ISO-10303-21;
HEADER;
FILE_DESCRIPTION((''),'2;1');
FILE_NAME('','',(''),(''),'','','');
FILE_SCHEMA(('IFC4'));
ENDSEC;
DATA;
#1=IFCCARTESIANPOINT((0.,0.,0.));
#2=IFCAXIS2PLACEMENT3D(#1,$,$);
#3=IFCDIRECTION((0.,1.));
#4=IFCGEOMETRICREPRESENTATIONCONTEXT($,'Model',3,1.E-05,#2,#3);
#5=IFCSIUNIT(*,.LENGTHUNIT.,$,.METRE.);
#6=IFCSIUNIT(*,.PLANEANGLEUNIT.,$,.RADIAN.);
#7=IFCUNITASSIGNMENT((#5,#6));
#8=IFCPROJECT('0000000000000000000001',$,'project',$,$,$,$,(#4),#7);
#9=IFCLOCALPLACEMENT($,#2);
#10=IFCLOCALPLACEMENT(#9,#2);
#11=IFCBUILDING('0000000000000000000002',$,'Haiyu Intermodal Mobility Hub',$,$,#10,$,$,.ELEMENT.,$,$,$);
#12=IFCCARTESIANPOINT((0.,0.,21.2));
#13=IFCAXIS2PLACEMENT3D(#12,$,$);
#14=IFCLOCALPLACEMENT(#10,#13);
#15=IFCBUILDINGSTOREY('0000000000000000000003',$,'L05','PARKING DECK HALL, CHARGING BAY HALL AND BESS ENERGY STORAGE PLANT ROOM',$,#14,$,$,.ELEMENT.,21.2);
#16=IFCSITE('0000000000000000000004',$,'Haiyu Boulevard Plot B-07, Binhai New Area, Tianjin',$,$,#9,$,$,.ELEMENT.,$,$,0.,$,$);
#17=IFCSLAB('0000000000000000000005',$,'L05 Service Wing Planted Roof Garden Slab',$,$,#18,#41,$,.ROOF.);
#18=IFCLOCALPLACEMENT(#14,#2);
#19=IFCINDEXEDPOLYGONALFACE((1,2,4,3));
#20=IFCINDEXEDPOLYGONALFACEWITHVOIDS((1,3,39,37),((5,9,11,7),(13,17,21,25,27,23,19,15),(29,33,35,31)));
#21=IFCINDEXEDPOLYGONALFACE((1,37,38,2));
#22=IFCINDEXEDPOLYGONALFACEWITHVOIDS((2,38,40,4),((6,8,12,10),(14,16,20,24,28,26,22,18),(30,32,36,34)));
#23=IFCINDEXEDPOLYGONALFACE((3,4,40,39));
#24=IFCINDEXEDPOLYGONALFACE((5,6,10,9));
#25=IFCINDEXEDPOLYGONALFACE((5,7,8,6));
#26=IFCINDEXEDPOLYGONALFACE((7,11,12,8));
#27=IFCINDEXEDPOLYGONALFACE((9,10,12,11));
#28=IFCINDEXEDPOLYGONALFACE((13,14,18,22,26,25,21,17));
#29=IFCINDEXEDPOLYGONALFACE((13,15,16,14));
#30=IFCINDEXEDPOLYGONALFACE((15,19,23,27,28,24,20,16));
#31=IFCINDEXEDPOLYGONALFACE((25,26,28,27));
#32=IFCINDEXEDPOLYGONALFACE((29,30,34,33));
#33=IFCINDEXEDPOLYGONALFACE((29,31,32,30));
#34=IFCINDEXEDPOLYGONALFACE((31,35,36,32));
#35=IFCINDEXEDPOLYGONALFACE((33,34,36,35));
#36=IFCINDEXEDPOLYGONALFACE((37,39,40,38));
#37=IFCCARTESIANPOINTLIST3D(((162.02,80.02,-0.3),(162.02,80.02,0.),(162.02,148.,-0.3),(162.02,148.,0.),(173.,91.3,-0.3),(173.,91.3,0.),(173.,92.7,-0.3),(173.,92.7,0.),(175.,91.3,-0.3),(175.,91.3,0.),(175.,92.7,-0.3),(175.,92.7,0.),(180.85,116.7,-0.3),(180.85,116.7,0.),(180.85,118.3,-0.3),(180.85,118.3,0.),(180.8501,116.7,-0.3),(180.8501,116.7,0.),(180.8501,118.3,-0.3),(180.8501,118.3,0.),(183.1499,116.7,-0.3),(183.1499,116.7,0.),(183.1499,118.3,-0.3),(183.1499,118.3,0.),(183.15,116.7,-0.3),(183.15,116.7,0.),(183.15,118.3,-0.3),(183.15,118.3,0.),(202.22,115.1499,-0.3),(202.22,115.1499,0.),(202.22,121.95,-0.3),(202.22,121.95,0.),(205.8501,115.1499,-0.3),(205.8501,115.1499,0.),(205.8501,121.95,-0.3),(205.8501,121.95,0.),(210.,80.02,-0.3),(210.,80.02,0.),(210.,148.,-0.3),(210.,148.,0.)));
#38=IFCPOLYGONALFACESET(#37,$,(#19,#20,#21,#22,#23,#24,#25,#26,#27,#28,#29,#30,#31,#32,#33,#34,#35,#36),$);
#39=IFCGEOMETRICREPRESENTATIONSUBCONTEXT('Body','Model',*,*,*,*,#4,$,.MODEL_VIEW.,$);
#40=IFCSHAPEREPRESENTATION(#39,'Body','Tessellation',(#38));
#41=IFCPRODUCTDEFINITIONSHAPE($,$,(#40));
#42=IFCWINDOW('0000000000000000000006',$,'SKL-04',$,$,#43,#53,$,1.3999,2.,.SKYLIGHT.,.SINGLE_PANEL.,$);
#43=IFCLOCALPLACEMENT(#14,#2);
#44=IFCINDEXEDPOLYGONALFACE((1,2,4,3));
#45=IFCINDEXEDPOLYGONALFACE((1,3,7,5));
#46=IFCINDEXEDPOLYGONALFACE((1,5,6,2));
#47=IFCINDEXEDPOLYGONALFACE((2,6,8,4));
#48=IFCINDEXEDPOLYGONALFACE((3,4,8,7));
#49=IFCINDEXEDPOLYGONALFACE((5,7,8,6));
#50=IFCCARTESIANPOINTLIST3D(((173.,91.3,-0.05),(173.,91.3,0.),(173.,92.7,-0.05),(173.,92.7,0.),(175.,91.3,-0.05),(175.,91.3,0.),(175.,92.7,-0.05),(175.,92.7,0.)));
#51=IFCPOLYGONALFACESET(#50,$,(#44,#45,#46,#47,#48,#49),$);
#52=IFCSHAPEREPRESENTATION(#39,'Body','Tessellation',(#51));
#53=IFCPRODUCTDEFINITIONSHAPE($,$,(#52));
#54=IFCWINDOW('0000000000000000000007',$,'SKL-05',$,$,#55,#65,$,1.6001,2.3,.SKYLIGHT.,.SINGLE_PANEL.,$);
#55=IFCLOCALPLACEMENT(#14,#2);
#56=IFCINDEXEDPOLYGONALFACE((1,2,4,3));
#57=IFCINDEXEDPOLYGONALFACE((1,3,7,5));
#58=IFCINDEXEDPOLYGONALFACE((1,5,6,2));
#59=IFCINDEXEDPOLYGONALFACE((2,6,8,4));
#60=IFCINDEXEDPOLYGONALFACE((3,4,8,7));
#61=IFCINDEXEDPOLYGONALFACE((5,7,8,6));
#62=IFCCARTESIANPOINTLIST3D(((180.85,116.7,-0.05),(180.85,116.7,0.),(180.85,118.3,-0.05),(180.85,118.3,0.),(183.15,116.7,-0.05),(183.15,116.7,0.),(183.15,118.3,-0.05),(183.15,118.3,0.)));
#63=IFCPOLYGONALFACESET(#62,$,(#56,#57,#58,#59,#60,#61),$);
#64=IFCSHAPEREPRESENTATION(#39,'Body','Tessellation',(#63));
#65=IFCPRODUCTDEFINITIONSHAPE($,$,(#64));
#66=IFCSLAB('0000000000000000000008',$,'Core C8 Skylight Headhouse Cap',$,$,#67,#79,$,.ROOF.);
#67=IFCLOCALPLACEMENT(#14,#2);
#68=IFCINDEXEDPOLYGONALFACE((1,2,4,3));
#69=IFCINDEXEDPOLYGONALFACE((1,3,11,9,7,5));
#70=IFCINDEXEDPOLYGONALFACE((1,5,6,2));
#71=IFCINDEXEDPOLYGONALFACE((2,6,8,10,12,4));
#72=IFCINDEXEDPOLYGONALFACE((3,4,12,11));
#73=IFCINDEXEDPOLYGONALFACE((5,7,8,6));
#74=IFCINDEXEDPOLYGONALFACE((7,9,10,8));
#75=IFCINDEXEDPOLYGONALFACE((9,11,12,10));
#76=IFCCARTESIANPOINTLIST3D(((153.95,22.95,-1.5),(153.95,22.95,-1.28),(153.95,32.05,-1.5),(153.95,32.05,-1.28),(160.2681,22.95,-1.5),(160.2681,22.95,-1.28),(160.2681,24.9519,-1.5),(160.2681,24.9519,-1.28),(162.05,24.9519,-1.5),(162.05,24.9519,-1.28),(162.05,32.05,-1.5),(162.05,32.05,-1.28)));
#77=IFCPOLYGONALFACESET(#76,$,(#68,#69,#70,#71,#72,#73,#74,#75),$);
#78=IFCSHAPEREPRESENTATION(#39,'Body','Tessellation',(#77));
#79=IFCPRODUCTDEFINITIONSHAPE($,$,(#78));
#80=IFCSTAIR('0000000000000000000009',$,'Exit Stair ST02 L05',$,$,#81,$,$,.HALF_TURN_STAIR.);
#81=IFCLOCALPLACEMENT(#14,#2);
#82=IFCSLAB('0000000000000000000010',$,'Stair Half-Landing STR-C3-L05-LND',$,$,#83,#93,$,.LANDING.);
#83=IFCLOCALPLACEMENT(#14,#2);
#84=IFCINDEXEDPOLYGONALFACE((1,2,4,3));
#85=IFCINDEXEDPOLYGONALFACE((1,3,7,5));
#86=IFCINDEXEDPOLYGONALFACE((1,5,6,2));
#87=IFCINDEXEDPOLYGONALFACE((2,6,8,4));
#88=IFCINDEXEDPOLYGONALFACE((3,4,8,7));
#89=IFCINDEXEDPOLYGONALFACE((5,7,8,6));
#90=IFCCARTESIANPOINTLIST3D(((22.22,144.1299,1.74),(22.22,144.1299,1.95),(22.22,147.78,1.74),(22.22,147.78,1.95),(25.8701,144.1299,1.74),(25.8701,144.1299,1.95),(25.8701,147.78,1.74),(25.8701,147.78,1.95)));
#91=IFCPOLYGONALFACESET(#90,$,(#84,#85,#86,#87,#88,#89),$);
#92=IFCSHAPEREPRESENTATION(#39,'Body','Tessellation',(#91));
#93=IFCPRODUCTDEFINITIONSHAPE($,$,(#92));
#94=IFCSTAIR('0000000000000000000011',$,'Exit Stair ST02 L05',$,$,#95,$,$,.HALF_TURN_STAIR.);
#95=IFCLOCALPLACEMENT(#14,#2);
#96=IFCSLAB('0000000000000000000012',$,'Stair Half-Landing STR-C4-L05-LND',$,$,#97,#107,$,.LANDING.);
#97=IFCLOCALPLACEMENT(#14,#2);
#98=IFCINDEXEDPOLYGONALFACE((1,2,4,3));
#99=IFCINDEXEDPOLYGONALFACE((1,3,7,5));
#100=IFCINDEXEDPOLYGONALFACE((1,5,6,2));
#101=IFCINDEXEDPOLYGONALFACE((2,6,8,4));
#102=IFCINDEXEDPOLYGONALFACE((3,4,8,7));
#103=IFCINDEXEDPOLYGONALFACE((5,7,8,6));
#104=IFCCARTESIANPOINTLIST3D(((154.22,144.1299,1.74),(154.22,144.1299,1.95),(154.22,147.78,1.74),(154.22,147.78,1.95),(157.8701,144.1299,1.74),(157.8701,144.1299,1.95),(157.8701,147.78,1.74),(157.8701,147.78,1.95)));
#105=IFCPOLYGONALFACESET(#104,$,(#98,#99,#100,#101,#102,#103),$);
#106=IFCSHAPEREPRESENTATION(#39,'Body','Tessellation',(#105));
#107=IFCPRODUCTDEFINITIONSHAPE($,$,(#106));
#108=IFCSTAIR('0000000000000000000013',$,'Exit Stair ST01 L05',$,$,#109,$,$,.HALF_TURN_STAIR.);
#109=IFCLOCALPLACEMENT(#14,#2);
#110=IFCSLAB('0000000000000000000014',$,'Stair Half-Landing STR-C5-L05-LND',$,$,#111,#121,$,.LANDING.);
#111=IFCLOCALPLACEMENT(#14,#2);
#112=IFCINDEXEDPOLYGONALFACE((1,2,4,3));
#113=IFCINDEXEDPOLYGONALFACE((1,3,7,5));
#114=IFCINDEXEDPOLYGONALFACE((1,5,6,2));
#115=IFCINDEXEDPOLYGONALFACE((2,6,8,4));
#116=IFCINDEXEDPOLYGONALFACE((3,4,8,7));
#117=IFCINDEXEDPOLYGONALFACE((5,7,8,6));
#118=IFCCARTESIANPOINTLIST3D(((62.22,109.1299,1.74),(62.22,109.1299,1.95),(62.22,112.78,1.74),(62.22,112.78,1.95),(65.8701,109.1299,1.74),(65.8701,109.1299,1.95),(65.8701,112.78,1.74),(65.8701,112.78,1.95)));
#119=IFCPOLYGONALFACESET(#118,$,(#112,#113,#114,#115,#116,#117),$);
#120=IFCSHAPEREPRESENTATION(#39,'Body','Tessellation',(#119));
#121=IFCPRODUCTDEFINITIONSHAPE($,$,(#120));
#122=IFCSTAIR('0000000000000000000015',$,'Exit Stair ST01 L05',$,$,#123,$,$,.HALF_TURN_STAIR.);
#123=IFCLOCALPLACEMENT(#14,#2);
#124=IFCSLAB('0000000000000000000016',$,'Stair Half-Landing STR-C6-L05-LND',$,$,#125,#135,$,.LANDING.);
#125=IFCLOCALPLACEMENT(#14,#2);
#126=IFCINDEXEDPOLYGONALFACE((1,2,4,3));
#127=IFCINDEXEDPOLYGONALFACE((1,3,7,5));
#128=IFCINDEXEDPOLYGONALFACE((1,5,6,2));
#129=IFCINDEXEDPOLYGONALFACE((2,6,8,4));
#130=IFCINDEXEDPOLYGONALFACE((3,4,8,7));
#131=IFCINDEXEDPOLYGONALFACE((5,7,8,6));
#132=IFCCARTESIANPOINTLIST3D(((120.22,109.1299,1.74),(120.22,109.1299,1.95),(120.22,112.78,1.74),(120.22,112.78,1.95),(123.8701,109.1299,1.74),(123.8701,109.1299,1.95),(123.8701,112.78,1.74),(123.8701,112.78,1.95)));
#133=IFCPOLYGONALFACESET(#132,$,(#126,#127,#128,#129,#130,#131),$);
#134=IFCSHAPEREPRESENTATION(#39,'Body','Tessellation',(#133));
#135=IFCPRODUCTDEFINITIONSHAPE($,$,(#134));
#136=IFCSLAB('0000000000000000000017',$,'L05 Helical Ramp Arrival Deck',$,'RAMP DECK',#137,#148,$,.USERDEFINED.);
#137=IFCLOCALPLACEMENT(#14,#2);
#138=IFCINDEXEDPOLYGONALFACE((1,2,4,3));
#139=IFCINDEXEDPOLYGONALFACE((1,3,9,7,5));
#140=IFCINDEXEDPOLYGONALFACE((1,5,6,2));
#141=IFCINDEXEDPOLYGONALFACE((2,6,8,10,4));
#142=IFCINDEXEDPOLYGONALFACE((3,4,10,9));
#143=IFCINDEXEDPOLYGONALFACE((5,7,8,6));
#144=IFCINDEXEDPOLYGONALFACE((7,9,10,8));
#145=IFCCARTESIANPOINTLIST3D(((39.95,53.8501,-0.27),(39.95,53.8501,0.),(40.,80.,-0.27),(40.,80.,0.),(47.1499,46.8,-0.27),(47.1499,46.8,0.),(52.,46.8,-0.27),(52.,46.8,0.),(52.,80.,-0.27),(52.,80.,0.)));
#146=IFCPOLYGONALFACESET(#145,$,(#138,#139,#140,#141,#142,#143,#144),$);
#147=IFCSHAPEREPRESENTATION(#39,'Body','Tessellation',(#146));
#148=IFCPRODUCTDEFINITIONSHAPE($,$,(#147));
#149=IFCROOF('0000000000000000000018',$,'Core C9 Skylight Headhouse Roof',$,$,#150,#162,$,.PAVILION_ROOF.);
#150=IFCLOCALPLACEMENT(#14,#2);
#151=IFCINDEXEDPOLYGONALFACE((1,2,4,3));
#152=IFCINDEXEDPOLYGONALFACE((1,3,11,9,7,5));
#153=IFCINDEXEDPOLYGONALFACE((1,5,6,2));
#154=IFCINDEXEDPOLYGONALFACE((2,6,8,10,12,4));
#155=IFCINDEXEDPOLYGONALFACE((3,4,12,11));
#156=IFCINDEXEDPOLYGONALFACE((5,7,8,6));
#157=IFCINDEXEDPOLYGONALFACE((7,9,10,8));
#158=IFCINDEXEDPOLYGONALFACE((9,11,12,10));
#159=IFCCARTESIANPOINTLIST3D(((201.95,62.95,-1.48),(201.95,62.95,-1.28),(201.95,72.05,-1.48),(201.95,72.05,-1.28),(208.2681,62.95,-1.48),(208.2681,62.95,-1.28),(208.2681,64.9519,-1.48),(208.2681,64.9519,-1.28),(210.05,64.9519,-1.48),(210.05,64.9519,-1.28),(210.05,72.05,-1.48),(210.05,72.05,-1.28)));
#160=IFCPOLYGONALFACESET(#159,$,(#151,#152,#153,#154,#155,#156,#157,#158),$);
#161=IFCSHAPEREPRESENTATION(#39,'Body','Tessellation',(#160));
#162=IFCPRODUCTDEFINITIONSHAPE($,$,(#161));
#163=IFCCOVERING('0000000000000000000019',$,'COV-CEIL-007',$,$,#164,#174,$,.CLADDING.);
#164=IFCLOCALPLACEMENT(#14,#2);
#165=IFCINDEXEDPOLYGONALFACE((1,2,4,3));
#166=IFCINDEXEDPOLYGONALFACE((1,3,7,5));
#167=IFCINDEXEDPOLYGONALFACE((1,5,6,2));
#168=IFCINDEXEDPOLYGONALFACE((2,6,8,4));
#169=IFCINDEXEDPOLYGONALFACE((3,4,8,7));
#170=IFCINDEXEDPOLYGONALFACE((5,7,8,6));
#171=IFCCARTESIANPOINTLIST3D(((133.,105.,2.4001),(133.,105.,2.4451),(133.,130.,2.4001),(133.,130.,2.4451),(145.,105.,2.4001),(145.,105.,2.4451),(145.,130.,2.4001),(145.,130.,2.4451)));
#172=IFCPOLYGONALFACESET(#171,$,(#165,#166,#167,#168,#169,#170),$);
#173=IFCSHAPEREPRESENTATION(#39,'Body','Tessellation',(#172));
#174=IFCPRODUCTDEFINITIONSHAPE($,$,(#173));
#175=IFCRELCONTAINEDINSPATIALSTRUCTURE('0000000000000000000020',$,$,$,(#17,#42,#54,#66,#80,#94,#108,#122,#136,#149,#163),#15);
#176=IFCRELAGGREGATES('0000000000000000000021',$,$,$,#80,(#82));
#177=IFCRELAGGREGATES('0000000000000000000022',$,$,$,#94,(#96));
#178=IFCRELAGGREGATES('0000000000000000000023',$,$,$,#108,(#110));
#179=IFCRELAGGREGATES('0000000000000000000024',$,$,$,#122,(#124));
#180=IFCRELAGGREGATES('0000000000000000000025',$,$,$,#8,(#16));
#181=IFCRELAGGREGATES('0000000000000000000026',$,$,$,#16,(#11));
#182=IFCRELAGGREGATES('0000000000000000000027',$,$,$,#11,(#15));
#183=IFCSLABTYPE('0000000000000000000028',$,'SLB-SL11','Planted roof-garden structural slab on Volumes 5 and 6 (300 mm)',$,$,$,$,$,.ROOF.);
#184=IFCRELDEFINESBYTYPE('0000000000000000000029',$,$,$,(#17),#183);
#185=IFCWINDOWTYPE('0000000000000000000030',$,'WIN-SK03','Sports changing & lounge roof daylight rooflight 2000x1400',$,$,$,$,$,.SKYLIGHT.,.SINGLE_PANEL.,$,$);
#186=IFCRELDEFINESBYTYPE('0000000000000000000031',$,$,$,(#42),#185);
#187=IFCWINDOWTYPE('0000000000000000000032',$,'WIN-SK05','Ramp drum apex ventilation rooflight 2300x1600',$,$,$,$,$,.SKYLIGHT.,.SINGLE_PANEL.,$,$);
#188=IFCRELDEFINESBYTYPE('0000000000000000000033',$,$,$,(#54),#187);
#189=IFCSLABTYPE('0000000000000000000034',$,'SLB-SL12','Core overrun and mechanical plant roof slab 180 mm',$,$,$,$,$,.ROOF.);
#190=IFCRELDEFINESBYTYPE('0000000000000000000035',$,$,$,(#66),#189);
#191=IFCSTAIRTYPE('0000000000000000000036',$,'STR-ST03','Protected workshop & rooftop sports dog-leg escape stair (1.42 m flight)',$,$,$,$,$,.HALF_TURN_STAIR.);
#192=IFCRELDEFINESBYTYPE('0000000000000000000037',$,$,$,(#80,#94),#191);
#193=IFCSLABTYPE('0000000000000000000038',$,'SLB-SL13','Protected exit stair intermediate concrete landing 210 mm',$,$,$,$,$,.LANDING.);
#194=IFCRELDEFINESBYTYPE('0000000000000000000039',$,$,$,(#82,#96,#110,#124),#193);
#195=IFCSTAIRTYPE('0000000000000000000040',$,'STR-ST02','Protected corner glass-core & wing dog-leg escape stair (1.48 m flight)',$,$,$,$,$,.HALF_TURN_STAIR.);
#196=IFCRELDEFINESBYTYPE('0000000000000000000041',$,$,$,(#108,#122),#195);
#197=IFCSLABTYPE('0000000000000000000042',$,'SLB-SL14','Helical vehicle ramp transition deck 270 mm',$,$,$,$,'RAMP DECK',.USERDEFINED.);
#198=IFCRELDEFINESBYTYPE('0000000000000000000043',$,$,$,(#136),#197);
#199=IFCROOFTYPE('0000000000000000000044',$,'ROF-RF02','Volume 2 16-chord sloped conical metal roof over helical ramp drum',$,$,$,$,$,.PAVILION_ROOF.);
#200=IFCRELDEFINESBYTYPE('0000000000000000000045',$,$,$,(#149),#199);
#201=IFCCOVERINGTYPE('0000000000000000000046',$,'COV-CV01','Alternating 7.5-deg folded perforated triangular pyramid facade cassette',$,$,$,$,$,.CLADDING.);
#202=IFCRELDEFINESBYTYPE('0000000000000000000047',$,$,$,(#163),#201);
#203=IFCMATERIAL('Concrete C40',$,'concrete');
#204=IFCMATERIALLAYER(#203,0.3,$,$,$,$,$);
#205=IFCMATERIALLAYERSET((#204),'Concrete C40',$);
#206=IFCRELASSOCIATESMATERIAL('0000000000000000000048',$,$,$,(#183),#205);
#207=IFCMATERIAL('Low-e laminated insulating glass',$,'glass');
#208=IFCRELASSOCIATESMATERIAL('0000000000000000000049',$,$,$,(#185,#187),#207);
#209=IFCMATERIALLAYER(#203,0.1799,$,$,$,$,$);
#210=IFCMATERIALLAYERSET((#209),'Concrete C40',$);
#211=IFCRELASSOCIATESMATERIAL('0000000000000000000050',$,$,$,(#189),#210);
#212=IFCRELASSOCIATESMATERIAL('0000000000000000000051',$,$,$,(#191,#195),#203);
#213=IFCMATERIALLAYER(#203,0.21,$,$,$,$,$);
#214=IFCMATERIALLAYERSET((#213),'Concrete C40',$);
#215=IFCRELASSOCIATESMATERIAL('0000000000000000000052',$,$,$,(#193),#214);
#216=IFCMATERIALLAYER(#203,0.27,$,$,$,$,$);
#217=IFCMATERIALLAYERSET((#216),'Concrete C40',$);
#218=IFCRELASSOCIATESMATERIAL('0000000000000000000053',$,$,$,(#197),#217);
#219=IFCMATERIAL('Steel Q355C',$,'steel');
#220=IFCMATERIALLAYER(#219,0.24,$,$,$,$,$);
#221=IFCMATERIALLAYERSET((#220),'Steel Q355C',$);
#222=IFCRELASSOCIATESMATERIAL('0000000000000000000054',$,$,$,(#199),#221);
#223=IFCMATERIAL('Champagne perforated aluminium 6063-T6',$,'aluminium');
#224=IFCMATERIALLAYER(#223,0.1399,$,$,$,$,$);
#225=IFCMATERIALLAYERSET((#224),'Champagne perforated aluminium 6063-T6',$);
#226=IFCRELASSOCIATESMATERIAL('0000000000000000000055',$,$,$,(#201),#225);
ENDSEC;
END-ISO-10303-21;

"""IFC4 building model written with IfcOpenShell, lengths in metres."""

from ifc_helpers import new_model, si_unit, direction, frame, origin, origin_2d, place, context, subcontext, project, spatial, polyline, rectangle, outline, extrude, material, layer, layer_set, type_object, element, fill, aggregate, save


model = new_model("IFC4")

# Units and contexts
model_context = context("Model", 3, precision=1e-05, world=origin(), true_north=direction((0.0, 1.0)))
body_context = subcontext(model_context, "Body", "Model", "MODEL_VIEW")
ifc_project = project(units=[si_unit("LENGTHUNIT", "METRE"), si_unit("PLANEANGLEUNIT", "RADIAN")], contexts=[model_context])

# Site, building, storey
site_placement = place(None, origin())
site = spatial("IfcSite", under=ifc_project, at=site_placement, Name="Haiyu Boulevard Plot B-07, Binhai New Area, Tianjin", CompositionType="ELEMENT", RefElevation=0.0)
building_placement = place(site_placement, origin())
building = spatial("IfcBuilding", under=site, at=building_placement, Name="Haiyu Intermodal Mobility Hub", CompositionType="ELEMENT")
storey_placement = place(building_placement, frame((0.0, 0.0, 21.2)))
storey = spatial("IfcBuildingStorey", under=building, at=storey_placement, Name="L05", Description="PARKING DECK HALL, CHARGING BAY HALL AND BESS ENERGY STORAGE PLANT ROOM", CompositionType="ELEMENT", Elevation=21.2)

# Shared definitions
ifc_material_1 = material(Name="Concrete C40", Category="concrete")

# Slab, openings, windows
ifc_layer_1 = layer(ifc_material_1, 0.3)
ifc_layer_set_1 = layer_set([ifc_layer_1], Name="Concrete C40")
slab_type_1 = type_object("IfcSlabType", Name="SLB-SL11", Description="Planted roof-garden structural slab on Volumes 5 and 6 (300 mm)", PredefinedType="ROOF", material=ifc_layer_set_1)
slab_1_placement = place(storey_placement, frame((0.0, 0.0, -0.3)))
slab_1 = element("IfcSlab", 1, at=slab_1_placement, inside=storey, type_object=slab_type_1, Name="L05 Service Wing Planted Roof Garden Slab", PredefinedType="ROOF", context=body_context, shape_type="SweptSolid", body=[
    extrude(outline(polyline([(162.02, 80.02), (210.0, 80.02), (210.0, 148.0), (168.0, 148.0), (162.02, 148.0), (162.02, 80.02)]), holes=[polyline([(202.22, 115.1499), (205.8501, 115.1499), (205.8501, 121.95), (202.22, 121.95), (202.22, 115.1499)]), polyline([(173.0, 91.3), (175.0, 91.3), (175.0, 92.7), (173.0, 92.7), (173.0, 91.3)]), polyline([(180.8501, 116.7), (183.1499, 116.7), (183.1499, 118.3), (180.8501, 118.3), (180.8501, 116.7)])]), origin(), (0.0, 0.0, 1.0), 0.3),
])
opening_1_placement = place(slab_1_placement, frame((174.0, 92.0, 0.0)))
opening_1 = element("IfcOpeningElement", 2, at=opening_1_placement, cuts=slab_1, PredefinedType="OPENING", context=body_context, shape_type="SweptSolid", body=[
    extrude(rectangle(XDim=2.0, YDim=1.3999, at=origin_2d()), frame((0.0, 0.0, -0.01)), (0.0, 0.0, 1.0), 0.3201),
])
opening_2_placement = place(slab_1_placement, frame((182.0, 117.5, 0.0)))
opening_2 = element("IfcOpeningElement", 3, at=opening_2_placement, cuts=slab_1, PredefinedType="OPENING", context=body_context, shape_type="SweptSolid", body=[
    extrude(rectangle(XDim=2.3, YDim=1.6001, at=origin_2d()), frame((0.0, 0.0, -0.01)), (0.0, 0.0, 1.0), 0.3201),
])
ifc_material_2 = material(Name="Low-e laminated insulating glass", Category="glass")
window_type_1 = type_object("IfcWindowType", Name="WIN-SK03", Description="Sports changing & lounge roof daylight rooflight 2000x1400", PartitioningType="SINGLE_PANEL", PredefinedType="SKYLIGHT", material=ifc_material_2)
window_1_placement = place(opening_1_placement, frame((0.0, 0.0, 0.25)))
window_1 = element("IfcWindow", 4, at=window_1_placement, inside=storey, type_object=window_type_1, Name="SKL-04", OverallHeight=1.3999, OverallWidth=2.0, PartitioningType="SINGLE_PANEL", PredefinedType="SKYLIGHT", context=body_context, shape_type="SweptSolid", body=[
    extrude(rectangle(XDim=2.0, YDim=1.3999, at=origin_2d()), origin(), (0.0, 0.0, 1.0), 0.05),
])
fill(opening_1, window_1)
window_type_2 = type_object("IfcWindowType", Name="WIN-SK05", Description="Ramp drum apex ventilation rooflight 2300x1600", PartitioningType="SINGLE_PANEL", PredefinedType="SKYLIGHT", material=ifc_material_2)
window_2_placement = place(opening_2_placement, frame((0.0, 0.0, 0.25)))
window_2 = element("IfcWindow", 5, at=window_2_placement, inside=storey, type_object=window_type_2, Name="SKL-05", OverallHeight=1.6001, OverallWidth=2.3, PartitioningType="SINGLE_PANEL", PredefinedType="SKYLIGHT", context=body_context, shape_type="SweptSolid", body=[
    extrude(rectangle(XDim=2.3, YDim=1.6001, at=origin_2d()), origin(), (0.0, 0.0, 1.0), 0.05),
])
fill(opening_2, window_2)

# Slab
ifc_layer_2 = layer(ifc_material_1, 0.1799)
ifc_layer_set_2 = layer_set([ifc_layer_2], Name="Concrete C40")
slab_type_2 = type_object("IfcSlabType", Name="SLB-SL12", Description="Core overrun and mechanical plant roof slab 180 mm", PredefinedType="ROOF", material=ifc_layer_set_2)
slab_2_placement = place(storey_placement, frame((0.0, 0.0, -1.5)))
element("IfcSlab", 6, at=slab_2_placement, inside=storey, type_object=slab_type_2, Name="Core C8 Skylight Headhouse Cap", PredefinedType="ROOF", context=body_context, shape_type="SweptSolid", body=[
    extrude(outline(polyline([(153.95, 22.95), (160.2681, 22.95), (160.2681, 24.9519), (162.05, 24.9519), (162.05, 32.05), (153.95, 32.05), (153.95, 22.95)])), origin(), (0.0, 0.0, 1.0), 0.22),
])

# Stairs, slabs
stair_type_1 = type_object("IfcStairType", Name="STR-ST03", Description="Protected workshop & rooftop sports dog-leg escape stair (1.42 m flight)", PredefinedType="HALF_TURN_STAIR", material=ifc_material_1)
stair_1_placement = place(storey_placement, origin())
stair_1 = element("IfcStair", 7, at=stair_1_placement, inside=storey, type_object=stair_type_1, Name="Exit Stair ST02 L05", PredefinedType="HALF_TURN_STAIR")
ifc_layer_3 = layer(ifc_material_1, 0.21)
ifc_layer_set_3 = layer_set([ifc_layer_3], Name="Concrete C40")
slab_type_3 = type_object("IfcSlabType", Name="SLB-SL13", Description="Protected exit stair intermediate concrete landing 210 mm", PredefinedType="LANDING", material=ifc_layer_set_3)
slab_3_placement = place(storey_placement, frame((0.0, 0.0, 1.74)))
slab_3 = element("IfcSlab", 8, at=slab_3_placement, type_object=slab_type_3, Name="Stair Half-Landing STR-C3-L05-LND", PredefinedType="LANDING", context=body_context, shape_type="SweptSolid", body=[
    extrude(outline(polyline([(22.22, 144.1299), (25.8701, 144.1299), (25.8701, 147.78), (22.22, 147.78), (22.22, 144.1299)])), origin(), (0.0, 0.0, 1.0), 0.21),
])
aggregate(stair_1, [slab_3])
stair_2_placement = place(storey_placement, origin())
stair_2 = element("IfcStair", 9, at=stair_2_placement, inside=storey, type_object=stair_type_1, Name="Exit Stair ST02 L05", PredefinedType="HALF_TURN_STAIR")
slab_4_placement = place(storey_placement, frame((0.0, 0.0, 1.74)))
slab_4 = element("IfcSlab", 10, at=slab_4_placement, type_object=slab_type_3, Name="Stair Half-Landing STR-C4-L05-LND", PredefinedType="LANDING", context=body_context, shape_type="SweptSolid", body=[
    extrude(outline(polyline([(154.22, 144.1299), (157.8701, 144.1299), (157.8701, 147.78), (154.22, 147.78), (154.22, 144.1299)])), origin(), (0.0, 0.0, 1.0), 0.21),
])
aggregate(stair_2, [slab_4])
stair_type_2 = type_object("IfcStairType", Name="STR-ST02", Description="Protected corner glass-core & wing dog-leg escape stair (1.48 m flight)", PredefinedType="HALF_TURN_STAIR", material=ifc_material_1)
stair_3_placement = place(storey_placement, origin())
stair_3 = element("IfcStair", 11, at=stair_3_placement, inside=storey, type_object=stair_type_2, Name="Exit Stair ST01 L05", PredefinedType="HALF_TURN_STAIR")
slab_5_placement = place(storey_placement, frame((0.0, 0.0, 1.74)))
slab_5 = element("IfcSlab", 12, at=slab_5_placement, type_object=slab_type_3, Name="Stair Half-Landing STR-C5-L05-LND", PredefinedType="LANDING", context=body_context, shape_type="SweptSolid", body=[
    extrude(outline(polyline([(62.22, 109.1299), (65.8701, 109.1299), (65.8701, 112.78), (62.22, 112.78), (62.22, 109.1299)])), origin(), (0.0, 0.0, 1.0), 0.21),
])
aggregate(stair_3, [slab_5])
stair_4_placement = place(storey_placement, origin())
stair_4 = element("IfcStair", 13, at=stair_4_placement, inside=storey, type_object=stair_type_2, Name="Exit Stair ST01 L05", PredefinedType="HALF_TURN_STAIR")
slab_6_placement = place(storey_placement, frame((0.0, 0.0, 1.74)))
slab_6 = element("IfcSlab", 14, at=slab_6_placement, type_object=slab_type_3, Name="Stair Half-Landing STR-C6-L05-LND", PredefinedType="LANDING", context=body_context, shape_type="SweptSolid", body=[
    extrude(outline(polyline([(120.22, 109.1299), (123.8701, 109.1299), (123.8701, 112.78), (120.22, 112.78), (120.22, 109.1299)])), origin(), (0.0, 0.0, 1.0), 0.21),
])
aggregate(stair_4, [slab_6])

# Slab
ifc_layer_4 = layer(ifc_material_1, 0.27)
ifc_layer_set_4 = layer_set([ifc_layer_4], Name="Concrete C40")
slab_type_4 = type_object("IfcSlabType", Name="SLB-SL14", Description="Helical vehicle ramp transition deck 270 mm", ElementType="RAMP DECK", PredefinedType="USERDEFINED", material=ifc_layer_set_4)
slab_7_placement = place(storey_placement, frame((0.0, 0.0, -0.27)))
element("IfcSlab", 15, at=slab_7_placement, inside=storey, type_object=slab_type_4, Name="L05 Helical Ramp Arrival Deck", ObjectType="RAMP DECK", PredefinedType="USERDEFINED", context=body_context, shape_type="SweptSolid", body=[
    extrude(outline(polyline([(39.95, 53.8501), (47.1499, 46.8), (52.0, 46.8), (52.0, 80.0), (40.0, 80.0), (39.95, 53.8501)])), origin(), (0.0, 0.0, 1.0), 0.27),
])

# Roof
ifc_material_3 = material(Name="Steel Q355C", Category="steel")
ifc_layer_5 = layer(ifc_material_3, 0.24)
ifc_layer_set_5 = layer_set([ifc_layer_5], Name="Steel Q355C")
roof_type = type_object("IfcRoofType", Name="ROF-RF02", Description="Volume 2 16-chord sloped conical metal roof over helical ramp drum", PredefinedType="PAVILION_ROOF", material=ifc_layer_set_5)
roof_placement = place(storey_placement, frame((0.0, 0.0, -1.48)))
element("IfcRoof", 16, at=roof_placement, inside=storey, type_object=roof_type, Name="Core C9 Skylight Headhouse Roof", PredefinedType="PAVILION_ROOF", context=body_context, shape_type="SweptSolid", body=[
    extrude(outline(polyline([(201.95, 62.95), (208.2681, 62.95), (208.2681, 64.9519), (210.05, 64.9519), (210.05, 72.05), (201.95, 72.05), (201.95, 62.95)])), origin(), (0.0, 0.0, 1.0), 0.2),
])

# Covering
ifc_material_4 = material(Name="Champagne perforated aluminium 6063-T6", Category="aluminium")
ifc_layer_6 = layer(ifc_material_4, 0.1399)
ifc_layer_set_6 = layer_set([ifc_layer_6], Name="Champagne perforated aluminium 6063-T6")
covering_type_1 = type_object("IfcCoveringType", Name="COV-CV01", Description="Alternating 7.5-deg folded perforated triangular pyramid facade cassette", PredefinedType="CLADDING", material=ifc_layer_set_6)
covering_1_placement = place(storey_placement, frame((0.0, 0.0, 2.4001)))
element("IfcCovering", 17, at=covering_1_placement, inside=storey, type_object=covering_type_1, Name="COV-CEIL-007", PredefinedType="CLADDING", context=body_context, shape_type="SweptSolid", body=[
    extrude(outline(polyline([(133.0, 105.0), (145.0, 105.0), (145.0, 130.0), (133.0, 130.0), (133.0, 105.0)])), origin(), (0.0, 0.0, 1.0), 0.0449),
])

save(model, "model.ifc")
